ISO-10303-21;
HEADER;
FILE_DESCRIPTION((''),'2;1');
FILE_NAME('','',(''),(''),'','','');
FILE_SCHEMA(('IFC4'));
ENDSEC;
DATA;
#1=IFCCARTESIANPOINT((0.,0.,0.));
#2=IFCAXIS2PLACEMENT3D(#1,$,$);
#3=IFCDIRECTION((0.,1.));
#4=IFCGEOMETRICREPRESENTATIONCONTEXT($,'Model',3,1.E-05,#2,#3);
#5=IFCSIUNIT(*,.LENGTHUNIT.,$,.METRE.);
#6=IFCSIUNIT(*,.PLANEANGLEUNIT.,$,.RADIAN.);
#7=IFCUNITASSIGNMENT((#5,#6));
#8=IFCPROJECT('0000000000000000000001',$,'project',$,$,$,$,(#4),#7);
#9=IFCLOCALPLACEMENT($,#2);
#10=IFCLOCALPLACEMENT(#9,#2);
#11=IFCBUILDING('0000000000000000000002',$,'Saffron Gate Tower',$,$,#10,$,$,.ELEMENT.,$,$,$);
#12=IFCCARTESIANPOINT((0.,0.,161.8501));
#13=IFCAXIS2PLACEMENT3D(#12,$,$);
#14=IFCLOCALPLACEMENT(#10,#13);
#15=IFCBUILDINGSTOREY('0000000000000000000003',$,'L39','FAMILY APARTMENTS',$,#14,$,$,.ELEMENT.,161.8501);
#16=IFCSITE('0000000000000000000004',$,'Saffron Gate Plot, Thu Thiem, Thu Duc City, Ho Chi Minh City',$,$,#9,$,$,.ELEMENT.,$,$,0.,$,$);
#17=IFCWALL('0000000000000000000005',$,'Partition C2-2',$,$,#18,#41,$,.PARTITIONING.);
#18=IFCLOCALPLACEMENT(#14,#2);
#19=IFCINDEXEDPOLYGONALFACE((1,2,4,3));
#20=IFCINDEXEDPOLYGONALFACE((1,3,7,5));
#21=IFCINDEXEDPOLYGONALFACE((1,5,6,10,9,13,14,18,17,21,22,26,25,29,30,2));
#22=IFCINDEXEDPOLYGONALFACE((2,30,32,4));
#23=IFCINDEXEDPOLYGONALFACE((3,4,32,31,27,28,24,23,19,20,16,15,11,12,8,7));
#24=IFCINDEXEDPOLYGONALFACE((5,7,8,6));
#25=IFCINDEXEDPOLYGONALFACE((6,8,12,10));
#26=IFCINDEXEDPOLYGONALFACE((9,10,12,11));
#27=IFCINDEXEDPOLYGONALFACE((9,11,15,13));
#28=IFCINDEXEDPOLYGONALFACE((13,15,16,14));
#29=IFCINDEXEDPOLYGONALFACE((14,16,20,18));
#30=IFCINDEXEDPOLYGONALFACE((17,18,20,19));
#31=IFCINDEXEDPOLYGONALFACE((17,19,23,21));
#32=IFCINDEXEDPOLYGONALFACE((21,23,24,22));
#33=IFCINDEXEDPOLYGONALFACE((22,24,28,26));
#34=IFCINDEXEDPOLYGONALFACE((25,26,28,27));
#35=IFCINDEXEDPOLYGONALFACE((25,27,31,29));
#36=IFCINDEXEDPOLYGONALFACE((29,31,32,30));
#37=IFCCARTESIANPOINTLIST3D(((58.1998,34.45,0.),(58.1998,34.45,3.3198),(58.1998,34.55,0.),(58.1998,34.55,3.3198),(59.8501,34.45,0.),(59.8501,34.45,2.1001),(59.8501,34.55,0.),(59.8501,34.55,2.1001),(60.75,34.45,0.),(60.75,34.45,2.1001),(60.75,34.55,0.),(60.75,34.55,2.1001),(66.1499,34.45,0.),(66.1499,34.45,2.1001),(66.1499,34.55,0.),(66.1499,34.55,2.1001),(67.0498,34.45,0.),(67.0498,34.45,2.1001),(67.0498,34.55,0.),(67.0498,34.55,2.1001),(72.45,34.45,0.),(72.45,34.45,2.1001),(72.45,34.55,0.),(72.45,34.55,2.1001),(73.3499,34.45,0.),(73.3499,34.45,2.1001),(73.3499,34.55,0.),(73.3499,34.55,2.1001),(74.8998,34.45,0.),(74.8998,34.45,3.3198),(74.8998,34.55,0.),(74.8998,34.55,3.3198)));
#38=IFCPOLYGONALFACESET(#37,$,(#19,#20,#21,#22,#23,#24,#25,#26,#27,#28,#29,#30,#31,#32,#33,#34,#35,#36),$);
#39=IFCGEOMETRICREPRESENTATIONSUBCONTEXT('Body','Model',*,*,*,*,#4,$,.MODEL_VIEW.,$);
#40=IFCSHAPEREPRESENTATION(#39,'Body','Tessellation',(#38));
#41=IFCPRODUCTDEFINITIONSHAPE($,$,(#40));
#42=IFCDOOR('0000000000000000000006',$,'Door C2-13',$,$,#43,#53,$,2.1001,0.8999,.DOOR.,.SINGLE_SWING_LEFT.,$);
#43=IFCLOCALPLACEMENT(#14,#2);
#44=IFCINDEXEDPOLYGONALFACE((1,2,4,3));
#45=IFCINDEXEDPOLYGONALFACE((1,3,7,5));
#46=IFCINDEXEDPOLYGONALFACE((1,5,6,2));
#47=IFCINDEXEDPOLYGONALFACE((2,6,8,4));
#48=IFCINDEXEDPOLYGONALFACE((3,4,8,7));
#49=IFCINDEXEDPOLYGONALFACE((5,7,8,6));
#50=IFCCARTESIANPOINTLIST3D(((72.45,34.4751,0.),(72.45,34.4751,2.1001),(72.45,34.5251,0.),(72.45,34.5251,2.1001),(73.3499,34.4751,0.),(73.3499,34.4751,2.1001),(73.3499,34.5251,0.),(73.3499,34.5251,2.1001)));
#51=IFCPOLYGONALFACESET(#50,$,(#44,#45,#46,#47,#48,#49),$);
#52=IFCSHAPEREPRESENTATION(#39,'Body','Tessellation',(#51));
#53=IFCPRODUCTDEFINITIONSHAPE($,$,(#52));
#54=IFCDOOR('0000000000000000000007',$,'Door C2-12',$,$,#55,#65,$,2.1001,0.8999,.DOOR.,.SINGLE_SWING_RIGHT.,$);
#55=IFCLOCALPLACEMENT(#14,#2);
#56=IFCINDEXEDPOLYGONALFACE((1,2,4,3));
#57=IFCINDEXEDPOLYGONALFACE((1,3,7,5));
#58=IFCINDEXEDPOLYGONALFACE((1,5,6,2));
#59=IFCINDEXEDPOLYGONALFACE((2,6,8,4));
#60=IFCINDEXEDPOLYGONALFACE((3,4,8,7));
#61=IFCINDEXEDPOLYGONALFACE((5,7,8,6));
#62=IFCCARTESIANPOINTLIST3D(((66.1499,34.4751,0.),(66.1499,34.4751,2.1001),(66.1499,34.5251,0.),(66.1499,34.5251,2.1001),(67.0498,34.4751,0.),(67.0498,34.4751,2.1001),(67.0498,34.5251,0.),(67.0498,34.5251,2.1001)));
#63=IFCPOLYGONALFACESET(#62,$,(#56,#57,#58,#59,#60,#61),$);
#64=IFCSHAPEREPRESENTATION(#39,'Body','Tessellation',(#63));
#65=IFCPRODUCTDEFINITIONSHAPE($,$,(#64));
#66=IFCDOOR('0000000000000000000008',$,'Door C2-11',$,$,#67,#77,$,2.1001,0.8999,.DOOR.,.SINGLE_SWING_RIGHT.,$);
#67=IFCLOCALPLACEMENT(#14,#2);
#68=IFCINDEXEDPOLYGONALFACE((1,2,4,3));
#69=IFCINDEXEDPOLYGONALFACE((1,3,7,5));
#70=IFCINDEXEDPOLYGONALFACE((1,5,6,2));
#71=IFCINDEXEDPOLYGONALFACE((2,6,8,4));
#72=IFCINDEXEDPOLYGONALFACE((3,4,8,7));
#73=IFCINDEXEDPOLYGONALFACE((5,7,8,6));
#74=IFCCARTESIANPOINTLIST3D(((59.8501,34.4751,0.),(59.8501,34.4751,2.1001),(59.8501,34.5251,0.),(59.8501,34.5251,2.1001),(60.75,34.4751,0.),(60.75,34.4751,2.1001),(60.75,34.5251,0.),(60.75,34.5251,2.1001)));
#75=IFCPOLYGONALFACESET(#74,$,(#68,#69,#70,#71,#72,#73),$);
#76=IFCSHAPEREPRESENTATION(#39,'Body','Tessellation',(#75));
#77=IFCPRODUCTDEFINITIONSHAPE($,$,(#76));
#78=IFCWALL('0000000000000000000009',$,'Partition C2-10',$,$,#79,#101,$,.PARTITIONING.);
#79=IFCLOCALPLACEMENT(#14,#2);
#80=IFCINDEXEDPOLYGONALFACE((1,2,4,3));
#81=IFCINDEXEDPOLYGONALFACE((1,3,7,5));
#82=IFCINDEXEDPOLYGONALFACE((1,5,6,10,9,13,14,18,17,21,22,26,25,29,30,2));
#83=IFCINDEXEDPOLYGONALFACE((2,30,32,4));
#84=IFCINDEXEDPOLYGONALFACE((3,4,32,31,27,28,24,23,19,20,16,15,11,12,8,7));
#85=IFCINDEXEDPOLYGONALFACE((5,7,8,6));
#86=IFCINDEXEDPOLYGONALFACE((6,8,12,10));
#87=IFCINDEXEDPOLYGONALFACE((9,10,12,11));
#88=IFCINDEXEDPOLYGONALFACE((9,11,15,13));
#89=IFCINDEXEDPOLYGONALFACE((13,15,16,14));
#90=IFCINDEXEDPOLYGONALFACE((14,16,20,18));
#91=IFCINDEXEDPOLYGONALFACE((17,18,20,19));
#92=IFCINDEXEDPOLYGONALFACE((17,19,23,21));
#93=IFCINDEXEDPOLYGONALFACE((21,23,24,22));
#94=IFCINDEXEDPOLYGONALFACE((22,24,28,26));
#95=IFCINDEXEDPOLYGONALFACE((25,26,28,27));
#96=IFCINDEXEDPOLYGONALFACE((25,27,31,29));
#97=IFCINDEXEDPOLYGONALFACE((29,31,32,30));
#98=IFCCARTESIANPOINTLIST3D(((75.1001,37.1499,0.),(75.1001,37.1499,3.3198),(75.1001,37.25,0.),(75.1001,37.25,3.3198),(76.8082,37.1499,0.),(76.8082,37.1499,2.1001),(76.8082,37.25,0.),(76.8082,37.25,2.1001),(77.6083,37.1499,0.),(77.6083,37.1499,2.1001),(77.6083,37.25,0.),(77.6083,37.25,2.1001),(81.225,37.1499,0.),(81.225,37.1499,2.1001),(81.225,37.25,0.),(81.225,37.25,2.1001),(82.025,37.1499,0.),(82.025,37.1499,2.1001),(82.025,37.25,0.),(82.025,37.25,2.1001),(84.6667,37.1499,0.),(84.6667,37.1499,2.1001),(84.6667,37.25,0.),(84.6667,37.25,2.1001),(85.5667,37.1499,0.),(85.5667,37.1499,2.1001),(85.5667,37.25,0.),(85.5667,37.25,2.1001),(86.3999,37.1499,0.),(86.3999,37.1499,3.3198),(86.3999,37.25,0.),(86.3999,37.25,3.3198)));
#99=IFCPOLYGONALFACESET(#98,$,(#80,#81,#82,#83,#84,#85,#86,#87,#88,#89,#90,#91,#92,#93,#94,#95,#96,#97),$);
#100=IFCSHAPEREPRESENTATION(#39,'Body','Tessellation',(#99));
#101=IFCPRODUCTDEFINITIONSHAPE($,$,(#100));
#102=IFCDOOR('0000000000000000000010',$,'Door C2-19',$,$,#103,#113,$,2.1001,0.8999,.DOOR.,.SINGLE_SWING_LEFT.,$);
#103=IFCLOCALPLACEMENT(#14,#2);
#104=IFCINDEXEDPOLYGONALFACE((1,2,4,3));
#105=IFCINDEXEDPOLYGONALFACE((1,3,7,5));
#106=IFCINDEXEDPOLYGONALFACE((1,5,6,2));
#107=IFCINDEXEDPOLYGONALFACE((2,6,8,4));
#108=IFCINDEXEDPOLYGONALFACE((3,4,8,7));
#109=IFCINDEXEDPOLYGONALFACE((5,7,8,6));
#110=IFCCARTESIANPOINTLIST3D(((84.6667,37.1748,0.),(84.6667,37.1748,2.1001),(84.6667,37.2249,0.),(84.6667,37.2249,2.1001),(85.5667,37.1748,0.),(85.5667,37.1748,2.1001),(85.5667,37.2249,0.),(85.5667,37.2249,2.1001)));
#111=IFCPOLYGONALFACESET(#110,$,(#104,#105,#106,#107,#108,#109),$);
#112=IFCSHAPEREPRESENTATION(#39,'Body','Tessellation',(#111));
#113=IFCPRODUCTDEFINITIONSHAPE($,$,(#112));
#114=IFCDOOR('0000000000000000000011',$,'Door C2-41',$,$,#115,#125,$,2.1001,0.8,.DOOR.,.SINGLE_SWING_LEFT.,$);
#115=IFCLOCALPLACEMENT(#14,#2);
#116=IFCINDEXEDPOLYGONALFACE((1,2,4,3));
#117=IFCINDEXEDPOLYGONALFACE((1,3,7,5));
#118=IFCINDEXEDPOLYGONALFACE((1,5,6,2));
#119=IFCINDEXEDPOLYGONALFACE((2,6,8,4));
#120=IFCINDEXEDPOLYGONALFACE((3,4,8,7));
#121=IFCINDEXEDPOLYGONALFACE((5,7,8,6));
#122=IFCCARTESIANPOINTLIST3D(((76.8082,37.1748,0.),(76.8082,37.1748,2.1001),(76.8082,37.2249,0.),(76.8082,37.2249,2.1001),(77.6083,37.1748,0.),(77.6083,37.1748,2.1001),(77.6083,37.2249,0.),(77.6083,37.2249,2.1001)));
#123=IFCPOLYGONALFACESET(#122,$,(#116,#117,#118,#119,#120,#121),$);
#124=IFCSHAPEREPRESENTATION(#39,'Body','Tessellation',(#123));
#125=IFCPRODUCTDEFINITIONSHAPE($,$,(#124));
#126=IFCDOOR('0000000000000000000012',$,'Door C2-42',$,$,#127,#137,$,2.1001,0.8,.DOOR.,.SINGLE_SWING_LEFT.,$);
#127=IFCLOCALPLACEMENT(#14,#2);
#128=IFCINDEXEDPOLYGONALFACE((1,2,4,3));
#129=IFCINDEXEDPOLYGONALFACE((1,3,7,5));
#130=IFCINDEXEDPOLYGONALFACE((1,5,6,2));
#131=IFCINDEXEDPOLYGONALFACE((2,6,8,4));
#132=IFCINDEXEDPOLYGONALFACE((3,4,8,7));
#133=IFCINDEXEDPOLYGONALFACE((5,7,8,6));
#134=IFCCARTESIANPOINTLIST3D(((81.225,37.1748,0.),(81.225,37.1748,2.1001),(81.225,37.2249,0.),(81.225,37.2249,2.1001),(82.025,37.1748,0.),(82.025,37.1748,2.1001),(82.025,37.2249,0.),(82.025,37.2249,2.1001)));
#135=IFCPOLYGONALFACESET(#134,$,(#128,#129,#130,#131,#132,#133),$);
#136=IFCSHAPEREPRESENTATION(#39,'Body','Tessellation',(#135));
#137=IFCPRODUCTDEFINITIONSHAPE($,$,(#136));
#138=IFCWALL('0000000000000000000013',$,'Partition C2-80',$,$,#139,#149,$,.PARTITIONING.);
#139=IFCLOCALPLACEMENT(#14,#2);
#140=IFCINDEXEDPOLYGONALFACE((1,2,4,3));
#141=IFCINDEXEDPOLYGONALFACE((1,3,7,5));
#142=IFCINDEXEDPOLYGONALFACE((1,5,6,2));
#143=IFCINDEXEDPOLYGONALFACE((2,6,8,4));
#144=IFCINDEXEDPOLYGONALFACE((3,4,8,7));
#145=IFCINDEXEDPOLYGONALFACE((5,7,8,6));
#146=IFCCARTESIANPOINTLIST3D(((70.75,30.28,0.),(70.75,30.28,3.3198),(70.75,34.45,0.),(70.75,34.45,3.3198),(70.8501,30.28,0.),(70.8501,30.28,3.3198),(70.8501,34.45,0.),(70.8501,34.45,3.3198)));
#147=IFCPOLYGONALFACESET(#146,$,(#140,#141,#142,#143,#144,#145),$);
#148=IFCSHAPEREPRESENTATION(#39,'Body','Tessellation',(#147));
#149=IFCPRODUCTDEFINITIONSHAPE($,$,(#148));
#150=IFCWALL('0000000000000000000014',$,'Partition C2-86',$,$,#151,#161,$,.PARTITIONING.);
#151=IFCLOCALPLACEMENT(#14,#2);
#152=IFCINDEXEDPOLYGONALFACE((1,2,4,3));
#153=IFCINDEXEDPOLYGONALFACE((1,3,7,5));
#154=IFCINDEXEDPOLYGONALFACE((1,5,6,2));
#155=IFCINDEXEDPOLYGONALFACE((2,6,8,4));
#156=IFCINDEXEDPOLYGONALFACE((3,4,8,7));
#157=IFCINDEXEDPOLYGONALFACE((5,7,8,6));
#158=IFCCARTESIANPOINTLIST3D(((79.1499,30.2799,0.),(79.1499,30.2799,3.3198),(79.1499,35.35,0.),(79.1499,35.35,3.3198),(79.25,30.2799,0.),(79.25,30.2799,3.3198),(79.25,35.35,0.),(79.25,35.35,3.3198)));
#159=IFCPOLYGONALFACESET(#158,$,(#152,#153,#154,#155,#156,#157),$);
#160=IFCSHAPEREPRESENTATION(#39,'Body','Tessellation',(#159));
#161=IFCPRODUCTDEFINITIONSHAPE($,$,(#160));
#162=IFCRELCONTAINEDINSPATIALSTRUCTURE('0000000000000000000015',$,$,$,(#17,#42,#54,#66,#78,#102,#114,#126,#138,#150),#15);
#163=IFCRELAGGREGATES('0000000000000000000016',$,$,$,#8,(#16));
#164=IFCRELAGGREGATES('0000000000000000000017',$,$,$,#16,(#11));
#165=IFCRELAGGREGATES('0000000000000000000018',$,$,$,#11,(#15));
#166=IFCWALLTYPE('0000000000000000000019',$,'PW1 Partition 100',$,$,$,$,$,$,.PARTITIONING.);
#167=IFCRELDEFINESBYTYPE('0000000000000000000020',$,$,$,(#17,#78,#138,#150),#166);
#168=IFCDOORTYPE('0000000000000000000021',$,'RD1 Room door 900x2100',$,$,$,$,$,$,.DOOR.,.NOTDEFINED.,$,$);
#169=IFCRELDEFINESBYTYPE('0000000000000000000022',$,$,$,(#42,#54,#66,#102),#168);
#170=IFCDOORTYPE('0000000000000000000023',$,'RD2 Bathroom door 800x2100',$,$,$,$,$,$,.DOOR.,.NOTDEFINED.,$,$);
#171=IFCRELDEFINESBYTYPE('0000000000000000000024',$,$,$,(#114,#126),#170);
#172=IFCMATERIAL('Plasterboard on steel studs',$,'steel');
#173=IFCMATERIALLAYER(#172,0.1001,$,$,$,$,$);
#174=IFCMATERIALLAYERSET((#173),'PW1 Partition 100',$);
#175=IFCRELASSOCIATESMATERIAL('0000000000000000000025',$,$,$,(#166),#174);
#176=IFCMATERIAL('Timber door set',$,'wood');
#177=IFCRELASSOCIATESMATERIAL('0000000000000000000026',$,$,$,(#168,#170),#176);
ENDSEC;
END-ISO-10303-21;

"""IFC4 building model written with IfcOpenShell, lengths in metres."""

from ifc_helpers import new_model, si_unit, direction, frame, frame_2d, origin, place, context, subcontext, project, spatial, rectangle, extrude, material, layer, layer_set, type_object, element, fill, save


model = new_model("IFC4")

# Units and contexts
model_context = context("Model", 3, precision=1e-05, world=origin(), true_north=direction((0.0, 1.0)))
body_context = subcontext(model_context, "Body", "Model", "MODEL_VIEW")
ifc_project = project(units=[si_unit("LENGTHUNIT", "METRE"), si_unit("PLANEANGLEUNIT", "RADIAN")], contexts=[model_context])

# Site, building, storey
site_placement = place(None, origin())
site = spatial("IfcSite", under=ifc_project, at=site_placement, Name="Saffron Gate Plot, Thu Thiem, Thu Duc City, Ho Chi Minh City", CompositionType="ELEMENT", RefElevation=0.0)
building_placement = place(site_placement, origin())
building = spatial("IfcBuilding", under=site, at=building_placement, Name="Saffron Gate Tower", CompositionType="ELEMENT")
storey_placement = place(building_placement, frame((0.0, 0.0, 161.8501)))
storey = spatial("IfcBuildingStorey", under=building, at=storey_placement, Name="L39", Description="FAMILY APARTMENTS", CompositionType="ELEMENT", Elevation=161.8501)

# Walls, openings, doors
ifc_material_1 = material(Name="Plasterboard on steel studs", Category="steel")
ifc_layer_1 = layer(ifc_material_1, 0.1001)
ifc_layer_set_1 = layer_set([ifc_layer_1], Name="PW1 Partition 100")
wall_type_1 = type_object("IfcWallType", Name="PW1 Partition 100", PredefinedType="PARTITIONING", material=ifc_layer_set_1)
wall_1_placement = place(storey_placement, frame((74.8999, 34.5, 0.0), z_axis=(0.0, 0.0, 1.0), x_axis=(-1.0, 0.0, 0.0)))
wall_1 = element("IfcWall", 1, at=wall_1_placement, inside=storey, type_object=wall_type_1, Name="Partition C2-2", PredefinedType="PARTITIONING", context=body_context, shape_type="SweptSolid", body=[
    extrude(rectangle(XDim=16.7, YDim=0.1001, at=frame_2d((8.3501, 0.0))), origin(), (0.0, 0.0, 1.0), 3.3198),
])
opening_1_placement = place(wall_1_placement, frame((1.55, 0.0, 0.0)))
opening_1 = element("IfcOpeningElement", 2, at=opening_1_placement, cuts=wall_1, PredefinedType="OPENING", context=body_context, shape_type="SweptSolid", body=[
    extrude(rectangle(XDim=0.8999, YDim=2.1001, at=frame_2d((0.45, 1.05))), frame((0.0, 0.0601, 0.0), z_axis=(0.0, -1.0, 0.0), x_axis=(1.0, 0.0, 0.0)), (0.0, 0.0, 1.0), 0.1201),
])
opening_2_placement = place(wall_1_placement, frame((7.8501, 0.0, 0.0)))
opening_2 = element("IfcOpeningElement", 3, at=opening_2_placement, cuts=wall_1, PredefinedType="OPENING", context=body_context, shape_type="SweptSolid", body=[
    extrude(rectangle(XDim=0.8999, YDim=2.1001, at=frame_2d((0.45, 1.05))), frame((0.0, 0.0601, 0.0), z_axis=(0.0, -1.0, 0.0), x_axis=(1.0, 0.0, 0.0)), (0.0, 0.0, 1.0), 0.1201),
])
opening_3_placement = place(wall_1_placement, frame((14.1499, 0.0, 0.0)))
opening_3 = element("IfcOpeningElement", 4, at=opening_3_placement, cuts=wall_1, PredefinedType="OPENING", context=body_context, shape_type="SweptSolid", body=[
    extrude(rectangle(XDim=0.8999, YDim=2.1001, at=frame_2d((0.45, 1.05))), frame((0.0, 0.0601, 0.0), z_axis=(0.0, -1.0, 0.0), x_axis=(1.0, 0.0, 0.0)), (0.0, 0.0, 1.0), 0.1201),
])
ifc_material_2 = material(Name="Timber door set", Category="wood")
door_type_1 = type_object("IfcDoorType", Name="RD1 Room door 900x2100", OperationType="NOTDEFINED", PredefinedType="DOOR", material=ifc_material_2)
door_1_placement = place(opening_1_placement, origin())
door_1 = element("IfcDoor", 5, at=door_1_placement, inside=storey, type_object=door_type_1, Name="Door C2-13", OperationType="SINGLE_SWING_LEFT", OverallHeight=2.1001, OverallWidth=0.8999, PredefinedType="DOOR", context=body_context, shape_type="SweptSolid", body=[
    extrude(rectangle(XDim=0.8999, YDim=2.1001, at=frame_2d((0.45, 1.05))), frame((0.0, 0.0249, 0.0), z_axis=(0.0, -1.0, 0.0), x_axis=(1.0, 0.0, 0.0)), (0.0, 0.0, 1.0), 0.05),
])
fill(opening_1, door_1)
door_2_placement = place(opening_2_placement, origin())
door_2 = element("IfcDoor", 6, at=door_2_placement, inside=storey, type_object=door_type_1, Name="Door C2-12", OperationType="SINGLE_SWING_RIGHT", OverallHeight=2.1001, OverallWidth=0.8999, PredefinedType="DOOR", context=body_context, shape_type="SweptSolid", body=[
    extrude(rectangle(XDim=0.8999, YDim=2.1001, at=frame_2d((0.45, 1.05))), frame((0.0, 0.0249, 0.0), z_axis=(0.0, -1.0, 0.0), x_axis=(1.0, 0.0, 0.0)), (0.0, 0.0, 1.0), 0.05),
])
fill(opening_2, door_2)
door_3_placement = place(opening_3_placement, origin())
door_3 = element("IfcDoor", 7, at=door_3_placement, inside=storey, type_object=door_type_1, Name="Door C2-11", OperationType="SINGLE_SWING_RIGHT", OverallHeight=2.1001, OverallWidth=0.8999, PredefinedType="DOOR", context=body_context, shape_type="SweptSolid", body=[
    extrude(rectangle(XDim=0.8999, YDim=2.1001, at=frame_2d((0.45, 1.05))), frame((0.0, 0.0249, 0.0), z_axis=(0.0, -1.0, 0.0), x_axis=(1.0, 0.0, 0.0)), (0.0, 0.0, 1.0), 0.05),
])
fill(opening_3, door_3)
wall_2_placement = place(storey_placement, frame((75.1001, 37.2, 0.0), z_axis=(0.0, 0.0, 1.0), x_axis=(1.0, 0.0, 0.0)))
wall_2 = element("IfcWall", 8, at=wall_2_placement, inside=storey, type_object=wall_type_1, Name="Partition C2-10", PredefinedType="PARTITIONING", context=body_context, shape_type="SweptSolid", body=[
    extrude(rectangle(XDim=11.2998, YDim=0.1001, at=frame_2d((5.6499, 0.0))), origin(), (0.0, 0.0, 1.0), 3.3198),
])
opening_4_placement = place(wall_2_placement, frame((1.7083, 0.0, 0.0)))
opening_4 = element("IfcOpeningElement", 9, at=opening_4_placement, cuts=wall_2, PredefinedType="OPENING", context=body_context, shape_type="SweptSolid", body=[
    extrude(rectangle(XDim=0.8, YDim=2.1001, at=frame_2d((0.3999, 1.05))), frame((0.0, 0.0601, 0.0), z_axis=(0.0, -1.0, 0.0), x_axis=(1.0, 0.0, 0.0)), (0.0, 0.0, 1.0), 0.1201),
])
opening_5_placement = place(wall_2_placement, frame((6.125, 0.0, 0.0)))
opening_5 = element("IfcOpeningElement", 10, at=opening_5_placement, cuts=wall_2, PredefinedType="OPENING", context=body_context, shape_type="SweptSolid", body=[
    extrude(rectangle(XDim=0.8, YDim=2.1001, at=frame_2d((0.3999, 1.05))), frame((0.0, 0.0601, 0.0), z_axis=(0.0, -1.0, 0.0), x_axis=(1.0, 0.0, 0.0)), (0.0, 0.0, 1.0), 0.1201),
])
opening_6_placement = place(wall_2_placement, frame((9.5667, 0.0, 0.0)))
opening_6 = element("IfcOpeningElement", 11, at=opening_6_placement, cuts=wall_2, PredefinedType="OPENING", context=body_context, shape_type="SweptSolid", body=[
    extrude(rectangle(XDim=0.8999, YDim=2.1001, at=frame_2d((0.45, 1.05))), frame((0.0, 0.0601, 0.0), z_axis=(0.0, -1.0, 0.0), x_axis=(1.0, 0.0, 0.0)), (0.0, 0.0, 1.0), 0.1201),
])
door_4_placement = place(opening_6_placement, origin())
door_4 = element("IfcDoor", 12, at=door_4_placement, inside=storey, type_object=door_type_1, Name="Door C2-19", OperationType="SINGLE_SWING_LEFT", OverallHeight=2.1001, OverallWidth=0.8999, PredefinedType="DOOR", context=body_context, shape_type="SweptSolid", body=[
    extrude(rectangle(XDim=0.8999, YDim=2.1001, at=frame_2d((0.45, 1.05))), frame((0.0, 0.0249, 0.0), z_axis=(0.0, -1.0, 0.0), x_axis=(1.0, 0.0, 0.0)), (0.0, 0.0, 1.0), 0.05),
])
fill(opening_6, door_4)
door_type_2 = type_object("IfcDoorType", Name="RD2 Bathroom door 800x2100", OperationType="NOTDEFINED", PredefinedType="DOOR", material=ifc_material_2)
door_5_placement = place(opening_4_placement, origin())
door_5 = element("IfcDoor", 13, at=door_5_placement, inside=storey, type_object=door_type_2, Name="Door C2-41", OperationType="SINGLE_SWING_LEFT", OverallHeight=2.1001, OverallWidth=0.8, PredefinedType="DOOR", context=body_context, shape_type="SweptSolid", body=[
    extrude(rectangle(XDim=0.8, YDim=2.1001, at=frame_2d((0.3999, 1.05))), frame((0.0, 0.0249, 0.0), z_axis=(0.0, -1.0, 0.0), x_axis=(1.0, 0.0, 0.0)), (0.0, 0.0, 1.0), 0.05),
])
fill(opening_4, door_5)
door_6_placement = place(opening_5_placement, origin())
door_6 = element("IfcDoor", 14, at=door_6_placement, inside=storey, type_object=door_type_2, Name="Door C2-42", OperationType="SINGLE_SWING_LEFT", OverallHeight=2.1001, OverallWidth=0.8, PredefinedType="DOOR", context=body_context, shape_type="SweptSolid", body=[
    extrude(rectangle(XDim=0.8, YDim=2.1001, at=frame_2d((0.3999, 1.05))), frame((0.0, 0.0249, 0.0), z_axis=(0.0, -1.0, 0.0), x_axis=(1.0, 0.0, 0.0)), (0.0, 0.0, 1.0), 0.05),
])
fill(opening_5, door_6)

# Walls
wall_3_placement = place(storey_placement, frame((70.8, 34.45, 0.0), z_axis=(0.0, 0.0, 1.0), x_axis=(0.0, -1.0, 0.0)))
element("IfcWall", 15, at=wall_3_placement, inside=storey, type_object=wall_type_1, Name="Partition C2-80", PredefinedType="PARTITIONING", context=body_context, shape_type="SweptSolid", body=[
    extrude(rectangle(XDim=4.1699, YDim=0.1001, at=frame_2d((2.085, 0.0))), origin(), (0.0, 0.0, 1.0), 3.3198),
])
wall_4_placement = place(storey_placement, frame((79.2, 35.3501, 0.0), z_axis=(0.0, 0.0, 1.0), x_axis=(0.0, -1.0, 0.0)))
element("IfcWall", 16, at=wall_4_placement, inside=storey, type_object=wall_type_1, Name="Partition C2-86", PredefinedType="PARTITIONING", context=body_context, shape_type="SweptSolid", body=[
    extrude(rectangle(XDim=5.0701, YDim=0.1001, at=frame_2d((2.5352, 0.0))), origin(), (0.0, 0.0, 1.0), 3.3198),
])

save(model, "model.ifc")
